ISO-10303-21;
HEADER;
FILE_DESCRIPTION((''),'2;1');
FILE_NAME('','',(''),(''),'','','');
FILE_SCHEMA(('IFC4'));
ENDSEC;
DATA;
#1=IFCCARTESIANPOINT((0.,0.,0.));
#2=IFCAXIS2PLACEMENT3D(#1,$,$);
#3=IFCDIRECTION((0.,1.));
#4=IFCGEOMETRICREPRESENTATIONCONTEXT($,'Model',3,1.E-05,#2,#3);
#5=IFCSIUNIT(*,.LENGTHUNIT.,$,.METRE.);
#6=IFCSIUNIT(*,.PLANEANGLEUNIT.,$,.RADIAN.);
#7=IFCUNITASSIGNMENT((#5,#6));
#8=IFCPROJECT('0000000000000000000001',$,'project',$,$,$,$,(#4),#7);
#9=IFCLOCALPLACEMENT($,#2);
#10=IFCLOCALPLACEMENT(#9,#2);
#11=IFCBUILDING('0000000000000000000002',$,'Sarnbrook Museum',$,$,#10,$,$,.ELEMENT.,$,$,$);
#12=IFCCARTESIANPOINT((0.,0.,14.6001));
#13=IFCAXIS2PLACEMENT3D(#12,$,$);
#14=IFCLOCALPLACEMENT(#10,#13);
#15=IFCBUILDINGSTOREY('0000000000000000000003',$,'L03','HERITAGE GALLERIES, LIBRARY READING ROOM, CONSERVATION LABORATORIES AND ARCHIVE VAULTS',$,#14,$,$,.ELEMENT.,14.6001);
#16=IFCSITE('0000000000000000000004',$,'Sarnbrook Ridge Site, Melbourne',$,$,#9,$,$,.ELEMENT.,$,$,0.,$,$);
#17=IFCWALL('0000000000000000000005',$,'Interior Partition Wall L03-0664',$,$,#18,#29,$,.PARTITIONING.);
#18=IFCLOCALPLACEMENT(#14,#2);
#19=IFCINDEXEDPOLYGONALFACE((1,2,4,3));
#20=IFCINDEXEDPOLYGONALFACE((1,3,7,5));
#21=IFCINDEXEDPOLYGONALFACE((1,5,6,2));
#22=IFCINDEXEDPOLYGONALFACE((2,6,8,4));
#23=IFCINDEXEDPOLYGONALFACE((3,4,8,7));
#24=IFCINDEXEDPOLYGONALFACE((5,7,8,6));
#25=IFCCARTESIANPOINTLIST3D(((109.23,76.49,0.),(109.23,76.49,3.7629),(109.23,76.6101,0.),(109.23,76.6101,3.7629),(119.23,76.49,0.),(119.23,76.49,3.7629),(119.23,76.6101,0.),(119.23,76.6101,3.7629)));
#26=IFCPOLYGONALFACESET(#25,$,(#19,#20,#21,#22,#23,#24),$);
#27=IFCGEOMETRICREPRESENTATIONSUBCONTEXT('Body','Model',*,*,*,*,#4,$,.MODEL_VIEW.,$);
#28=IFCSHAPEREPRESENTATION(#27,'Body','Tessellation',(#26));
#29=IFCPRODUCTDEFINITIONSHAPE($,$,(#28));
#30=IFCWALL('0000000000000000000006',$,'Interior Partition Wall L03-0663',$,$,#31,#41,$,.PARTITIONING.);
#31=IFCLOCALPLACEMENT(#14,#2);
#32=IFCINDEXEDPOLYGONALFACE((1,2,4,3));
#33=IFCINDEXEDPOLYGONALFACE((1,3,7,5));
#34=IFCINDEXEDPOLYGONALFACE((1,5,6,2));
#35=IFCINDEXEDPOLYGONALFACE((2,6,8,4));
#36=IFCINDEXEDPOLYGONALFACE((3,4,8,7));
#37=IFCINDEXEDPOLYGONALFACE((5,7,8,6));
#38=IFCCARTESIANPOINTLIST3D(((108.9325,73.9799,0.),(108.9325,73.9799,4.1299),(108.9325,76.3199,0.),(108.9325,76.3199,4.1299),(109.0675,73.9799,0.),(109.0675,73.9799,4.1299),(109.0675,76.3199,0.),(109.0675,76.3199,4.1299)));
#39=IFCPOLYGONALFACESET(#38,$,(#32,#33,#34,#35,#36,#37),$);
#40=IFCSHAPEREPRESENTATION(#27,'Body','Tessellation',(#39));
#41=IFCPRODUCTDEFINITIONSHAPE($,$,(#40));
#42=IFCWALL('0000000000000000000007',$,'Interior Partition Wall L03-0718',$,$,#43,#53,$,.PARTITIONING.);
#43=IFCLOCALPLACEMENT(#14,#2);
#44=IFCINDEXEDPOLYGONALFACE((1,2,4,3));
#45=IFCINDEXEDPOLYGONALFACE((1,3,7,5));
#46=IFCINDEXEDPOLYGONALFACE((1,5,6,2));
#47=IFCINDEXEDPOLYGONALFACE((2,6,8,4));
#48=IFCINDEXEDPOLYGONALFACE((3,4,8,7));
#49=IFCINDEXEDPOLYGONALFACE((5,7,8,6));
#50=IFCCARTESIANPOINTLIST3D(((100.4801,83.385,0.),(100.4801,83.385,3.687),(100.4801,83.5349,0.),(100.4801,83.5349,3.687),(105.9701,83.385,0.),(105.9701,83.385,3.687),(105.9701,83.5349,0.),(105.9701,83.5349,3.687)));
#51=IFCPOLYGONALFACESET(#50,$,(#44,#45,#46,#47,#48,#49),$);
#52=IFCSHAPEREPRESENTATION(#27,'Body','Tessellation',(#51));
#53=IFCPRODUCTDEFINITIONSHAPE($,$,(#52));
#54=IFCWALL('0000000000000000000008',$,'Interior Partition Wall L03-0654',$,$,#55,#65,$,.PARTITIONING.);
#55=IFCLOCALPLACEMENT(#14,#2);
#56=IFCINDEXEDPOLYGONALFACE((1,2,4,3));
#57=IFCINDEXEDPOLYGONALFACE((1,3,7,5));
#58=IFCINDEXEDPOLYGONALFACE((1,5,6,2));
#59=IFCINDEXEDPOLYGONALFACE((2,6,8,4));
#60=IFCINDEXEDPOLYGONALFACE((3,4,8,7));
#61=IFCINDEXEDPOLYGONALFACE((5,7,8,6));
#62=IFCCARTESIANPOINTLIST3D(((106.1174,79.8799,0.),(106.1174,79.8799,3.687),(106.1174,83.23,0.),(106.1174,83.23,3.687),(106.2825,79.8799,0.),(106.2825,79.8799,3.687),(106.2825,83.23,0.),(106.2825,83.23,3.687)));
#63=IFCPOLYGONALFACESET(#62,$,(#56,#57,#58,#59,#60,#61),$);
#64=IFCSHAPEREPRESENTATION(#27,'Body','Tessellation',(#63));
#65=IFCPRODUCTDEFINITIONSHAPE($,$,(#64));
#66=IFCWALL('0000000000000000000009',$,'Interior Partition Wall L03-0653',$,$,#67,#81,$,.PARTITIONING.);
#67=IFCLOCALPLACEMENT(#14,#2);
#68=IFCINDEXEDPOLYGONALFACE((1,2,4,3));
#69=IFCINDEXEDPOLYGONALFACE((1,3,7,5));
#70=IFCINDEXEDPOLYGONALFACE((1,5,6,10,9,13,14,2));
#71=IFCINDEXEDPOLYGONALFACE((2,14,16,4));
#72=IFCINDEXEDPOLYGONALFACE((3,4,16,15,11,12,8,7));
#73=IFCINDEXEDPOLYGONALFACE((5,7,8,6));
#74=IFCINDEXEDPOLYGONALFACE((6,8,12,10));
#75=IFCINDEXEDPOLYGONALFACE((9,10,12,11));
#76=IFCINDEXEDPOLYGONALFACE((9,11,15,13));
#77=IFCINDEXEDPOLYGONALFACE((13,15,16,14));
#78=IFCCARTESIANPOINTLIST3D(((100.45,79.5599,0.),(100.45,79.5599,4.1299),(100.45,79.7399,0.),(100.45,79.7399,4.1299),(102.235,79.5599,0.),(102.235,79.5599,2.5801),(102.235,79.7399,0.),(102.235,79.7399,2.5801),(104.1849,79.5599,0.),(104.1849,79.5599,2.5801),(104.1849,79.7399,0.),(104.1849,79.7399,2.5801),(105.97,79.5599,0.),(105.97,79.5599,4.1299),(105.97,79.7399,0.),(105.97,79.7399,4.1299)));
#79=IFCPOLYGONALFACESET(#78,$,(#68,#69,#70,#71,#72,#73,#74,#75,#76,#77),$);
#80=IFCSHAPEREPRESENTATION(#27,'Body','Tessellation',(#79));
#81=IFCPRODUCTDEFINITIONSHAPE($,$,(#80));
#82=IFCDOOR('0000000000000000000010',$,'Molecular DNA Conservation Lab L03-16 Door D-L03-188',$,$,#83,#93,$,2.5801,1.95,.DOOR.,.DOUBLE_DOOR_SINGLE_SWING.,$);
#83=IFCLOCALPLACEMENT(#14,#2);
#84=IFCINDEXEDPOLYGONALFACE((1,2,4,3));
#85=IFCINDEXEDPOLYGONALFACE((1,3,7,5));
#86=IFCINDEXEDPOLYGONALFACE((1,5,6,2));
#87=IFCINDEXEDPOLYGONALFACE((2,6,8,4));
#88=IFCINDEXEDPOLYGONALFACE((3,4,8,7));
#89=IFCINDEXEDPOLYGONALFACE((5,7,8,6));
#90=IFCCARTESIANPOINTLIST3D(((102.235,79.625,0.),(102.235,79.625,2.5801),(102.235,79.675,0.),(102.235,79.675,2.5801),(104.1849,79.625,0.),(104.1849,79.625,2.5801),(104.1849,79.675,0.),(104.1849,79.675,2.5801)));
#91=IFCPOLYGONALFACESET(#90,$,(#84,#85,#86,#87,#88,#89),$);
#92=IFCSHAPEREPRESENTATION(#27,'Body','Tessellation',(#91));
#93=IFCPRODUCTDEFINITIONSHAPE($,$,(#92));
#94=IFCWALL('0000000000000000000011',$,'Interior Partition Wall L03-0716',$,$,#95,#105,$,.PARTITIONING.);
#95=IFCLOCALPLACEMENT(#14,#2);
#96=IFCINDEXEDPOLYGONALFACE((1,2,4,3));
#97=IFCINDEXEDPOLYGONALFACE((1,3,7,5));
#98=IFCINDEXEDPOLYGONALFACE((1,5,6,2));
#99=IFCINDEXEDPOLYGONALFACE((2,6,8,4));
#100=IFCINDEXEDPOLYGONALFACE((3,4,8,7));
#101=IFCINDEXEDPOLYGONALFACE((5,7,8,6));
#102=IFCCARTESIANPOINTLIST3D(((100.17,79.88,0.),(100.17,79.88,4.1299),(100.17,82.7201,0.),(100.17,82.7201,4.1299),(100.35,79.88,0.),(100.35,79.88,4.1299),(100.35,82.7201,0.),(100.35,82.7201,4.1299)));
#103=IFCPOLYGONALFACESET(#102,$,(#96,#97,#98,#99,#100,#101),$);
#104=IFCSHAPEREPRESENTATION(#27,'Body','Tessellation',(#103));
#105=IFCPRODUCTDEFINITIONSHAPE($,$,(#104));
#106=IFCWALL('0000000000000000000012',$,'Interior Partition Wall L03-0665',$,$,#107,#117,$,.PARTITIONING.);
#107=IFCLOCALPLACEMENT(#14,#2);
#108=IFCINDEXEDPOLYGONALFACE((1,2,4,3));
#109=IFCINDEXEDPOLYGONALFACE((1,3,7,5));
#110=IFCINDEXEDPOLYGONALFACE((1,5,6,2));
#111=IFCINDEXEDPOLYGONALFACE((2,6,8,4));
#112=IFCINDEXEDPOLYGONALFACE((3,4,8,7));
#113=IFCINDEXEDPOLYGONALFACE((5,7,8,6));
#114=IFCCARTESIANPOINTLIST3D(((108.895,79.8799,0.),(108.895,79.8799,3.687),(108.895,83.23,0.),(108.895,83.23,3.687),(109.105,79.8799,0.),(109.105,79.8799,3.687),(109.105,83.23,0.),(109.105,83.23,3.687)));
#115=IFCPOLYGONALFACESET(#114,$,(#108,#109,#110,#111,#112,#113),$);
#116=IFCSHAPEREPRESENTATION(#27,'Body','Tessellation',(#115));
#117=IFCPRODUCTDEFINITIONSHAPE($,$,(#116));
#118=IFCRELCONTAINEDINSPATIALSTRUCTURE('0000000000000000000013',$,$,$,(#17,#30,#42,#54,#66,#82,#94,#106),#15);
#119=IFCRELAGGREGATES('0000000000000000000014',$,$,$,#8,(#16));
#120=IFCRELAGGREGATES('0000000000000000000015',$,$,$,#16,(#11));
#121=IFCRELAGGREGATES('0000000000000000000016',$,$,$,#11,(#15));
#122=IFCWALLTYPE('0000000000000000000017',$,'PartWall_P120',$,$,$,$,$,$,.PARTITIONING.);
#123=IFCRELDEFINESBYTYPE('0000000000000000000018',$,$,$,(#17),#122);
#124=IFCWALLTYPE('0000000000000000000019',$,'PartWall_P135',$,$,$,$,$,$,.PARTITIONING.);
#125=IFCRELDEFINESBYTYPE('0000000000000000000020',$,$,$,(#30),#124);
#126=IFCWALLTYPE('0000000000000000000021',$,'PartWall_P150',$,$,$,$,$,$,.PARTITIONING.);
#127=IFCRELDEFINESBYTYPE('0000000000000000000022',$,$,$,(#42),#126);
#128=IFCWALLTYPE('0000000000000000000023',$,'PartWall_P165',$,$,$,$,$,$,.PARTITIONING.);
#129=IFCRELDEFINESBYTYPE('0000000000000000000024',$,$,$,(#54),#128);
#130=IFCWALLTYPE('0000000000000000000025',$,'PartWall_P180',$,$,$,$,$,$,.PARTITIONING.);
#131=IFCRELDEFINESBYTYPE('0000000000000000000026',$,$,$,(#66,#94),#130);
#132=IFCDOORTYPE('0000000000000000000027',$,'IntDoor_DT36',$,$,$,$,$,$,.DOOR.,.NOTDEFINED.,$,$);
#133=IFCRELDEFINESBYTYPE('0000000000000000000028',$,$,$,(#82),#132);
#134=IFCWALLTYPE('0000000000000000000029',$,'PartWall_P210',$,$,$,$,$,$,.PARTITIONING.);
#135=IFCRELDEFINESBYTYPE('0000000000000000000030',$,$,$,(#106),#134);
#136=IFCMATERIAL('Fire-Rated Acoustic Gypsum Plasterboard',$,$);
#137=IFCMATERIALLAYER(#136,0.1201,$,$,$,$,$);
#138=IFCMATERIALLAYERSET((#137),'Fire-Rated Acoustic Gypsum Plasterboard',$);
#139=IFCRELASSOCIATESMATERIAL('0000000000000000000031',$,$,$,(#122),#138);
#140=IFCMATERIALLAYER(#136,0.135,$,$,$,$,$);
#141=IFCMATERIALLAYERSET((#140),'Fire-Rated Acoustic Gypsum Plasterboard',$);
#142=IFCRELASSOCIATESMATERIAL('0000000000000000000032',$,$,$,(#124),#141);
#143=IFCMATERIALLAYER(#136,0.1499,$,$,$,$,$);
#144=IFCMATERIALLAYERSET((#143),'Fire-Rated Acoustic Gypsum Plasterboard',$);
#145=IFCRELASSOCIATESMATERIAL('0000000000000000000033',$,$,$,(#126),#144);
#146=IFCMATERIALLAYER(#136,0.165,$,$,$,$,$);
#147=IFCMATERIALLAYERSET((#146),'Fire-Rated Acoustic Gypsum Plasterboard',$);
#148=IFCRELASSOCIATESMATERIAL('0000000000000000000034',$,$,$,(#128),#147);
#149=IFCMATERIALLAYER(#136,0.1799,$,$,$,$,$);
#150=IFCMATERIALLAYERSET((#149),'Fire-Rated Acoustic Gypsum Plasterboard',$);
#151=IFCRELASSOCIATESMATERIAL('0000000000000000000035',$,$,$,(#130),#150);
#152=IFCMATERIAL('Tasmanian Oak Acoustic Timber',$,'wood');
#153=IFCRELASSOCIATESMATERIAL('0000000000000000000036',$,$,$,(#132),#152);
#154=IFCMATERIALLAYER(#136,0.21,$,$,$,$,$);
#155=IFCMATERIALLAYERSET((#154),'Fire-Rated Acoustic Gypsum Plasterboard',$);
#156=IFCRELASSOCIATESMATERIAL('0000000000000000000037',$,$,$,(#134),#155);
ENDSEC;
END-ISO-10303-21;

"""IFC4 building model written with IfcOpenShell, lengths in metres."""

from ifc_helpers import new_model, si_unit, direction, frame, frame_2d, origin, place, context, subcontext, project, spatial, rectangle, extrude, material, layer, layer_set, type_object, element, fill, save


model = new_model("IFC4")

# Units and contexts
model_context = context("Model", 3, precision=1e-05, world=origin(), true_north=direction((0.0, 1.0)))
body_context = subcontext(model_context, "Body", "Model", "MODEL_VIEW")
ifc_project = project(units=[si_unit("LENGTHUNIT", "METRE"), si_unit("PLANEANGLEUNIT", "RADIAN")], contexts=[model_context])

# Site, building, storey
site_placement = place(None, origin())
site = spatial("IfcSite", under=ifc_project, at=site_placement, Name="Sarnbrook Ridge Site, Melbourne", CompositionType="ELEMENT", RefElevation=0.0)
building_placement = place(site_placement, origin())
building = spatial("IfcBuilding", under=site, at=building_placement, Name="Sarnbrook Museum", CompositionType="ELEMENT")
storey_placement = place(building_placement, frame((0.0, 0.0, 14.6001)))
storey = spatial("IfcBuildingStorey", under=building, at=storey_placement, Name="L03", Description="HERITAGE GALLERIES, LIBRARY READING ROOM, CONSERVATION LABORATORIES AND ARCHIVE VAULTS", CompositionType="ELEMENT", Elevation=14.6001)

# Walls
ifc_material_1 = material(Name="Fire-Rated Acoustic Gypsum Plasterboard")
ifc_layer_1 = layer(ifc_material_1, 0.1201)
ifc_layer_set_1 = layer_set([ifc_layer_1], Name="Fire-Rated Acoustic Gypsum Plasterboard")
wall_type_1 = type_object("IfcWallType", Name="PartWall_P120", PredefinedType="PARTITIONING", material=ifc_layer_set_1)
wall_1_placement = place(storey_placement, frame((109.23, 76.55, 0.0), z_axis=(0.0, 0.0, 1.0), x_axis=(1.0, 0.0, 0.0)))
element("IfcWall", 1, at=wall_1_placement, inside=storey, type_object=wall_type_1, Name="Interior Partition Wall L03-0664", PredefinedType="PARTITIONING", context=body_context, shape_type="SweptSolid", body=[
    extrude(rectangle(XDim=10.0, YDim=0.1201, at=frame_2d((5.0, 0.0))), origin(), (0.0, 0.0, 1.0), 3.7629),
])
ifc_layer_2 = layer(ifc_material_1, 0.135)
ifc_layer_set_2 = layer_set([ifc_layer_2], Name="Fire-Rated Acoustic Gypsum Plasterboard")
wall_type_2 = type_object("IfcWallType", Name="PartWall_P135", PredefinedType="PARTITIONING", material=ifc_layer_set_2)
wall_2_placement = place(storey_placement, frame((109.0, 73.98, 0.0), z_axis=(0.0, 0.0, 1.0), x_axis=(0.0, 1.0, 0.0)))
element("IfcWall", 2, at=wall_2_placement, inside=storey, type_object=wall_type_2, Name="Interior Partition Wall L03-0663", PredefinedType="PARTITIONING", context=body_context, shape_type="SweptSolid", body=[
    extrude(rectangle(XDim=2.3401, YDim=0.135, at=frame_2d((1.1699, 0.0))), origin(), (0.0, 0.0, 1.0), 4.1299),
])
ifc_layer_3 = layer(ifc_material_1, 0.1499)
ifc_layer_set_3 = layer_set([ifc_layer_3], Name="Fire-Rated Acoustic Gypsum Plasterboard")
wall_type_3 = type_object("IfcWallType", Name="PartWall_P150", PredefinedType="PARTITIONING", material=ifc_layer_set_3)
wall_3_placement = place(storey_placement, frame((100.48, 83.46, 0.0), z_axis=(0.0, 0.0, 1.0), x_axis=(1.0, 0.0, 0.0)))
element("IfcWall", 3, at=wall_3_placement, inside=storey, type_object=wall_type_3, Name="Interior Partition Wall L03-0718", PredefinedType="PARTITIONING", context=body_context, shape_type="SweptSolid", body=[
    extrude(rectangle(XDim=5.49, YDim=0.1499, at=frame_2d((2.7451, 0.0))), origin(), (0.0, 0.0, 1.0), 3.687),
])
ifc_layer_4 = layer(ifc_material_1, 0.165)
ifc_layer_set_4 = layer_set([ifc_layer_4], Name="Fire-Rated Acoustic Gypsum Plasterboard")
wall_type_4 = type_object("IfcWallType", Name="PartWall_P165", PredefinedType="PARTITIONING", material=ifc_layer_set_4)
wall_4_placement = place(storey_placement, frame((106.2, 83.23, 0.0), z_axis=(0.0, 0.0, 1.0), x_axis=(0.0, -1.0, 0.0)))
element("IfcWall", 4, at=wall_4_placement, inside=storey, type_object=wall_type_4, Name="Interior Partition Wall L03-0654", PredefinedType="PARTITIONING", context=body_context, shape_type="SweptSolid", body=[
    extrude(rectangle(XDim=3.3501, YDim=0.165, at=frame_2d((1.675, 0.0))), origin(), (0.0, 0.0, 1.0), 3.687),
])

# Wall, opening, door
ifc_layer_5 = layer(ifc_material_1, 0.1799)
ifc_layer_set_5 = layer_set([ifc_layer_5], Name="Fire-Rated Acoustic Gypsum Plasterboard")
wall_type_5 = type_object("IfcWallType", Name="PartWall_P180", PredefinedType="PARTITIONING", material=ifc_layer_set_5)
wall_5_placement = place(storey_placement, frame((105.97, 79.6499, 0.0), z_axis=(0.0, 0.0, 1.0), x_axis=(-1.0, 0.0, 0.0)))
wall_5 = element("IfcWall", 5, at=wall_5_placement, inside=storey, type_object=wall_type_5, Name="Interior Partition Wall L03-0653", PredefinedType="PARTITIONING", context=body_context, shape_type="SweptSolid", body=[
    extrude(rectangle(XDim=5.52, YDim=0.1799, at=frame_2d((2.76, 0.0))), origin(), (0.0, 0.0, 1.0), 4.1299),
])
opening_placement = place(wall_5_placement, frame((1.7849, 0.0, 0.0)))
opening = element("IfcOpeningElement", 6, at=opening_placement, cuts=wall_5, PredefinedType="OPENING", context=body_context, shape_type="SweptSolid", body=[
    extrude(rectangle(XDim=1.95, YDim=2.5801, at=frame_2d((0.9751, 1.29))), frame((0.0, 0.1001, 0.0), z_axis=(0.0, -1.0, 0.0), x_axis=(1.0, 0.0, 0.0)), (0.0, 0.0, 1.0), 0.2),
])
ifc_material_2 = material(Name="Tasmanian Oak Acoustic Timber", Category="wood")
door_type = type_object("IfcDoorType", Name="IntDoor_DT36", OperationType="NOTDEFINED", PredefinedType="DOOR", material=ifc_material_2)
door_placement = place(opening_placement, origin())
door = element("IfcDoor", 7, at=door_placement, inside=storey, type_object=door_type, Name="Molecular DNA Conservation Lab L03-16 Door D-L03-188", OperationType="DOUBLE_DOOR_SINGLE_SWING", OverallHeight=2.5801, OverallWidth=1.95, PredefinedType="DOOR", context=body_context, shape_type="SweptSolid", body=[
    extrude(rectangle(XDim=1.95, YDim=2.5801, at=frame_2d((0.9751, 1.29))), frame((0.0, 0.0249, 0.0), z_axis=(0.0, -1.0, 0.0), x_axis=(1.0, 0.0, 0.0)), (0.0, 0.0, 1.0), 0.05),
])
fill(opening, door)

# Walls
wall_6_placement = place(storey_placement, frame((100.26, 82.72, 0.0), z_axis=(0.0, 0.0, 1.0), x_axis=(0.0, -1.0, 0.0)))
element("IfcWall", 8, at=wall_6_placement, inside=storey, type_object=wall_type_5, Name="Interior Partition Wall L03-0716", PredefinedType="PARTITIONING", context=body_context, shape_type="SweptSolid", body=[
    extrude(rectangle(XDim=2.8401, YDim=0.1799, at=frame_2d((1.4199, 0.0))), origin(), (0.0, 0.0, 1.0), 4.1299),
])
ifc_layer_6 = layer(ifc_material_1, 0.21)
ifc_layer_set_6 = layer_set([ifc_layer_6], Name="Fire-Rated Acoustic Gypsum Plasterboard")
wall_type_6 = type_object("IfcWallType", Name="PartWall_P210", PredefinedType="PARTITIONING", material=ifc_layer_set_6)
wall_7_placement = place(storey_placement, frame((109.0, 79.8799, 0.0), z_axis=(0.0, 0.0, 1.0), x_axis=(0.0, 1.0, 0.0)))
element("IfcWall", 9, at=wall_7_placement, inside=storey, type_object=wall_type_6, Name="Interior Partition Wall L03-0665", PredefinedType="PARTITIONING", context=body_context, shape_type="SweptSolid", body=[
    extrude(rectangle(XDim=3.3501, YDim=0.21, at=frame_2d((1.675, 0.0))), origin(), (0.0, 0.0, 1.0), 3.687),
])

save(model, "model.ifc")
